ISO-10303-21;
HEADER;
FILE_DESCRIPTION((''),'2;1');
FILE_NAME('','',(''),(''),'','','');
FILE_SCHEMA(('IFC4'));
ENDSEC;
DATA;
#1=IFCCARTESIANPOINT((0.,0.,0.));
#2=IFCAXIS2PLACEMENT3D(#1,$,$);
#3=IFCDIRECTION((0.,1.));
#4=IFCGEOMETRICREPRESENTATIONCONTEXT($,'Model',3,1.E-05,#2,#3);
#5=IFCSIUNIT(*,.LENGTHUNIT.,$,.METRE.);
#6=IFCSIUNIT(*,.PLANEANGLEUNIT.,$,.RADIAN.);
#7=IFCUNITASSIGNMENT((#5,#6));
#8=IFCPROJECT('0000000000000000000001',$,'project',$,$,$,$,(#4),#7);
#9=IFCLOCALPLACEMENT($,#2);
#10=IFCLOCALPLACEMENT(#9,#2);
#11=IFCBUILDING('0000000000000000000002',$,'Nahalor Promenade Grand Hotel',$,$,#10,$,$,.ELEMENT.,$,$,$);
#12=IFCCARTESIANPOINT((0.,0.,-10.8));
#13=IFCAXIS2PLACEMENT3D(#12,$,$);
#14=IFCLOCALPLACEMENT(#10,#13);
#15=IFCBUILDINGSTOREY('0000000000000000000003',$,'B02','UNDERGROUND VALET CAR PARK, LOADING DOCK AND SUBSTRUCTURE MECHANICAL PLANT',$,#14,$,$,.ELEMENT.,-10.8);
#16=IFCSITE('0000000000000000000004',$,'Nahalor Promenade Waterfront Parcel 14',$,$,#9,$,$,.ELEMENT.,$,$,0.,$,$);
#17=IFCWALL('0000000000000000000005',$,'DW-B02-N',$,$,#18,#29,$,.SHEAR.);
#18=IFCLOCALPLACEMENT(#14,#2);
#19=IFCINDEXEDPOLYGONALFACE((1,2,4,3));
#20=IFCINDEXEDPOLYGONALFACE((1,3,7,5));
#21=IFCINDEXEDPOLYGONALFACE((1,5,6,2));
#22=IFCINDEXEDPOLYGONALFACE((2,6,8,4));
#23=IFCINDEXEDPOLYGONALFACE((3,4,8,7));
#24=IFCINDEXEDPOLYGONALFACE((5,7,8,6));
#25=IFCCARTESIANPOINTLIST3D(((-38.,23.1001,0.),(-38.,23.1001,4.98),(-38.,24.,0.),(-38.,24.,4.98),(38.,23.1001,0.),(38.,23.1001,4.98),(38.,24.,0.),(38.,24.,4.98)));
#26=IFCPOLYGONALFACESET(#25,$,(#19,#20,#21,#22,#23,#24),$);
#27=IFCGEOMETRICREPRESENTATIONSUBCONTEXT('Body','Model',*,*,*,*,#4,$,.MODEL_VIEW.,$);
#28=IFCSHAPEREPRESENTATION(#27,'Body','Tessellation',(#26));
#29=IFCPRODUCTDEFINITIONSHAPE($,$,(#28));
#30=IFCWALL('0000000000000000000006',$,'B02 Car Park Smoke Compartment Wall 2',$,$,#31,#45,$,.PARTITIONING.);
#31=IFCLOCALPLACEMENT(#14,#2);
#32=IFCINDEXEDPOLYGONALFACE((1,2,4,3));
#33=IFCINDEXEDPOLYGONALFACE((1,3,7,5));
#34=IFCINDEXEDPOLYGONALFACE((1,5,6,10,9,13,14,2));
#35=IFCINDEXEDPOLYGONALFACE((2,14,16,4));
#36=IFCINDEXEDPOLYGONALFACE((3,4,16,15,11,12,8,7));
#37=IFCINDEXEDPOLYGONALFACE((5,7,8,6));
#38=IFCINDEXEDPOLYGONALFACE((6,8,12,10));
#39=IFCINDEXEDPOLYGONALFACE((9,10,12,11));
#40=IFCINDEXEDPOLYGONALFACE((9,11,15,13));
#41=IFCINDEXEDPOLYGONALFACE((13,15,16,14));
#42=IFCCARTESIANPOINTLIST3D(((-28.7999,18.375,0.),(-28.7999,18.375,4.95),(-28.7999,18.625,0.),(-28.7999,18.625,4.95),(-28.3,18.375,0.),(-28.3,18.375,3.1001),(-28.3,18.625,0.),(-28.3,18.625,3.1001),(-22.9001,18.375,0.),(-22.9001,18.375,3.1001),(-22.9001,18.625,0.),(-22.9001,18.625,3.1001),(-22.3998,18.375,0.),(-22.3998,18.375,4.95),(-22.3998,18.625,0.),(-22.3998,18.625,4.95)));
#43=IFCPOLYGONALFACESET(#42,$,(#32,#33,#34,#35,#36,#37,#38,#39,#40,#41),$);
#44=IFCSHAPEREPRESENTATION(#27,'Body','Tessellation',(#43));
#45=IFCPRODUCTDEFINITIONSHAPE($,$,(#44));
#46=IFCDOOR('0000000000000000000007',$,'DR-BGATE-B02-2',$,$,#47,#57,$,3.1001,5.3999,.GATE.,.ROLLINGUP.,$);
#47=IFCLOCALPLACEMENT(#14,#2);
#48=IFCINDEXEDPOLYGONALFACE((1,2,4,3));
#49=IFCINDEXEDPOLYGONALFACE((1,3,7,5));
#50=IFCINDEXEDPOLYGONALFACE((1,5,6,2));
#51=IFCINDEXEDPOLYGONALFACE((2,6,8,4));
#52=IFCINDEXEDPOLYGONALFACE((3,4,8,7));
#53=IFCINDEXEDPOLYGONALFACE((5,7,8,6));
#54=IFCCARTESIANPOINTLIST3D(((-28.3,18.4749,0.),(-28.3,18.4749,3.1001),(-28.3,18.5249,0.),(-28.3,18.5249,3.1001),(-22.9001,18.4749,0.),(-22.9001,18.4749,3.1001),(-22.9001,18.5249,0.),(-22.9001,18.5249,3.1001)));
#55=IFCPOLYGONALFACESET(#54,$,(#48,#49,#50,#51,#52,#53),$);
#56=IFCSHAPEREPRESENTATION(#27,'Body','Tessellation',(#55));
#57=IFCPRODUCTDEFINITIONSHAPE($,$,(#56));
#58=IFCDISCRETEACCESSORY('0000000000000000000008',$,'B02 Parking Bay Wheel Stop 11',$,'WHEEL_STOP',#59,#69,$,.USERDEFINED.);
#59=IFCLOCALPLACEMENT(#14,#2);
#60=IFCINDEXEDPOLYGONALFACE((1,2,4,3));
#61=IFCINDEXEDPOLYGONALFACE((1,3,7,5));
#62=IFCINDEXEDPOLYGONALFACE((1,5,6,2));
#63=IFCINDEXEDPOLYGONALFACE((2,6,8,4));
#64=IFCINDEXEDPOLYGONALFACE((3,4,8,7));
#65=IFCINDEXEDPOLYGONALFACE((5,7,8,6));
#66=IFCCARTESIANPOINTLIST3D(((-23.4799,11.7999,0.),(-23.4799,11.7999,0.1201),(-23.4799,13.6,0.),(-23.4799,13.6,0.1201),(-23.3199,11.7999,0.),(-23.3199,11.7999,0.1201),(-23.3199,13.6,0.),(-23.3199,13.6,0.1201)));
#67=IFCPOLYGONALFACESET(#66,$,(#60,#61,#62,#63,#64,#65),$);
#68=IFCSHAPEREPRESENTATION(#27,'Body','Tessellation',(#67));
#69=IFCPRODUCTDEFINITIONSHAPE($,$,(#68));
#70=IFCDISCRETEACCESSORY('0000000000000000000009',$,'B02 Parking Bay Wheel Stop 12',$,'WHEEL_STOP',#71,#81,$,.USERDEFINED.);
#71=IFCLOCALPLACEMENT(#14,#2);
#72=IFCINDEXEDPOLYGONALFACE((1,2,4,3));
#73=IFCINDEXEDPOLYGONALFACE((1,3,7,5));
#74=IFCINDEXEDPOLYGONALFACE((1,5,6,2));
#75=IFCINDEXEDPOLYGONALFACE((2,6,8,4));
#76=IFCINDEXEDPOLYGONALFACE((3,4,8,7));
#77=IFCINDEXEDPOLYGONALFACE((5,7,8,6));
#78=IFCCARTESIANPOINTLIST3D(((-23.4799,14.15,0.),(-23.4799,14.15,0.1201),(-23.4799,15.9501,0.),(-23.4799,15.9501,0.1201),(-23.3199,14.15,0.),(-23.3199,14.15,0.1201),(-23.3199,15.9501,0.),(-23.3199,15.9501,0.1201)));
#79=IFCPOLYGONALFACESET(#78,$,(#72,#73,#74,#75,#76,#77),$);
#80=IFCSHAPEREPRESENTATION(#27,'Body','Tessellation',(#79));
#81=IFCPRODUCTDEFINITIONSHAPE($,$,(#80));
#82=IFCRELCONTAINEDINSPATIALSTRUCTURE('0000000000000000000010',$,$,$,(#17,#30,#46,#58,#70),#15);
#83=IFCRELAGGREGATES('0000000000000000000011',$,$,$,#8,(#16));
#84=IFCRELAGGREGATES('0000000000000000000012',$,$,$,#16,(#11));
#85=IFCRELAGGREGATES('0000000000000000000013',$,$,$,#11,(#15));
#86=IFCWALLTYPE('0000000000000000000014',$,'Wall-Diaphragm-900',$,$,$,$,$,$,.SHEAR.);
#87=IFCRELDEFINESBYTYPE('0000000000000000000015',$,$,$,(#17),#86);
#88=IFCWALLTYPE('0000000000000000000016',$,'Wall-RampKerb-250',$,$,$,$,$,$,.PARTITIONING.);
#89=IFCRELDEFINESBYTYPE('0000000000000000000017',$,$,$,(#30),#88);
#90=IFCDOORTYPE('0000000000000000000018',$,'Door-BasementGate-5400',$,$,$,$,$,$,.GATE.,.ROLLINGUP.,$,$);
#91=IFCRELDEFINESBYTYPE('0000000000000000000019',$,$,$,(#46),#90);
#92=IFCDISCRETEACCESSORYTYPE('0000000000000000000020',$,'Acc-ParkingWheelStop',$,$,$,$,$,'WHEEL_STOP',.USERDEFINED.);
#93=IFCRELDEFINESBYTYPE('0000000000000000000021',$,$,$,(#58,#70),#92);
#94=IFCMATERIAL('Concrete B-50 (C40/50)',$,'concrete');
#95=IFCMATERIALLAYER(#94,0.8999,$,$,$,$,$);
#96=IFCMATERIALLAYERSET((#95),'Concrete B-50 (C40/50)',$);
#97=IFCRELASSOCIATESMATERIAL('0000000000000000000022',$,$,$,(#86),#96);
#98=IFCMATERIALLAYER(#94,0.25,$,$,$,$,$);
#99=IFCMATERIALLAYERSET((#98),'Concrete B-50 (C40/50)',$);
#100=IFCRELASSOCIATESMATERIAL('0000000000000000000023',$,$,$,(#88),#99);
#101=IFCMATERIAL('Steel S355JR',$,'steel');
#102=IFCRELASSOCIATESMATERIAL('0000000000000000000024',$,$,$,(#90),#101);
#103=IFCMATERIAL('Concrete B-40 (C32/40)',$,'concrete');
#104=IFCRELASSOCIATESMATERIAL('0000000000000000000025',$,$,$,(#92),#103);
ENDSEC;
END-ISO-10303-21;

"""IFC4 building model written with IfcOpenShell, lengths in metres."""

from ifc_helpers import new_model, si_unit, direction, frame, frame_2d, origin, origin_2d, place, context, subcontext, project, spatial, rectangle, extrude, source, transform, mapped, material, layer, layer_set, type_object, element, fill, save


model = new_model("IFC4")

# Units and contexts
model_context = context("Model", 3, precision=1e-05, world=origin(), true_north=direction((0.0, 1.0)))
body_context = subcontext(model_context, "Body", "Model", "MODEL_VIEW")
ifc_project = project(units=[si_unit("LENGTHUNIT", "METRE"), si_unit("PLANEANGLEUNIT", "RADIAN")], contexts=[model_context])

# Site, building, storey
site_placement = place(None, origin())
site = spatial("IfcSite", under=ifc_project, at=site_placement, Name="Nahalor Promenade Waterfront Parcel 14", CompositionType="ELEMENT", RefElevation=0.0)
building_placement = place(site_placement, origin())
building = spatial("IfcBuilding", under=site, at=building_placement, Name="Nahalor Promenade Grand Hotel", CompositionType="ELEMENT")
storey_placement = place(building_placement, frame((0.0, 0.0, -10.8)))
storey = spatial("IfcBuildingStorey", under=building, at=storey_placement, Name="B02", Description="UNDERGROUND VALET CAR PARK, LOADING DOCK AND SUBSTRUCTURE MECHANICAL PLANT", CompositionType="ELEMENT", Elevation=-10.8)

# Shared definitions
ifc_material_1 = material(Name="Concrete B-50 (C40/50)", Category="concrete")

# Shared definitions
ifc_material_2 = material(Name="Steel S355JR", Category="steel")

# Wall
ifc_layer_1 = layer(ifc_material_1, 0.8999)
ifc_layer_set_1 = layer_set([ifc_layer_1], Name="Concrete B-50 (C40/50)")
wall_type_1 = type_object("IfcWallType", Name="Wall-Diaphragm-900", PredefinedType="SHEAR", material=ifc_layer_set_1)
shared_shape_1 = source(origin(), body_context, "Body", "SweptSolid", [
    extrude(rectangle(XDim=76.0, YDim=0.8999, at=frame_2d((38.0, 0.0))), origin(), (0.0, 0.0, 1.0), 4.98),
])
wall_1_placement = place(storey_placement, frame((-38.0, 23.55, 0.0), z_axis=(0.0, 0.0, 1.0), x_axis=(1.0, 0.0, 0.0)))
element("IfcWall", 1, at=wall_1_placement, inside=storey, type_object=wall_type_1, Name="DW-B02-N", PredefinedType="SHEAR", context=body_context, shape_type="MappedRepresentation", body=[
    mapped(shared_shape_1, transform((0.0, 0.0, 0.0), scale=1.0)),
])

# Wall, opening, door
ifc_layer_2 = layer(ifc_material_1, 0.25)
ifc_layer_set_2 = layer_set([ifc_layer_2], Name="Concrete B-50 (C40/50)")
wall_type_2 = type_object("IfcWallType", Name="Wall-RampKerb-250", PredefinedType="PARTITIONING", material=ifc_layer_set_2)
shared_shape_2 = source(origin(), body_context, "Body", "SweptSolid", [
    extrude(rectangle(XDim=6.4001, YDim=0.25, at=frame_2d((3.2002, 0.0))), origin(), (0.0, 0.0, 1.0), 4.95),
])
wall_2_placement = place(storey_placement, frame((-28.8, 18.5, 0.0), z_axis=(0.0, 0.0, 1.0), x_axis=(1.0, 0.0, 0.0)))
wall_2 = element("IfcWall", 2, at=wall_2_placement, inside=storey, type_object=wall_type_2, Name="B02 Car Park Smoke Compartment Wall 2", PredefinedType="PARTITIONING", context=body_context, shape_type="MappedRepresentation", body=[
    mapped(shared_shape_2, transform((0.0, 0.0, 0.0), scale=1.0)),
])
opening_placement = place(wall_2_placement, frame((0.5, 0.0, 0.0)))
opening = element("IfcOpeningElement", 3, at=opening_placement, cuts=wall_2, PredefinedType="OPENING", context=body_context, shape_type="SweptSolid", body=[
    extrude(rectangle(XDim=5.3999, YDim=3.1001, at=frame_2d((2.7, 1.55))), frame((0.0, 0.135, 0.0), z_axis=(0.0, -1.0, 0.0), x_axis=(1.0, 0.0, 0.0)), (0.0, 0.0, 1.0), 0.27),
])
door_type = type_object("IfcDoorType", Name="Door-BasementGate-5400", OperationType="ROLLINGUP", PredefinedType="GATE", material=ifc_material_2)
shared_shape_3 = source(origin(), body_context, "Body", "SweptSolid", [
    extrude(rectangle(XDim=5.3999, YDim=3.1001, at=frame_2d((2.7, 1.55))), frame((0.0, 0.0249, 0.0), z_axis=(0.0, -1.0, 0.0), x_axis=(1.0, 0.0, 0.0)), (0.0, 0.0, 1.0), 0.05),
])
door_placement = place(opening_placement, origin())
door = element("IfcDoor", 4, at=door_placement, inside=storey, type_object=door_type, Name="DR-BGATE-B02-2", OperationType="ROLLINGUP", OverallHeight=3.1001, OverallWidth=5.3999, PredefinedType="GATE", context=body_context, shape_type="MappedRepresentation", body=[
    mapped(shared_shape_3, transform((0.0, 0.0, 0.0), scale=1.0)),
])
fill(opening, door)

# Discrete accessories
ifc_material_3 = material(Name="Concrete B-40 (C32/40)", Category="concrete")
discrete_accessory_type = type_object("IfcDiscreteAccessoryType", Name="Acc-ParkingWheelStop", ElementType="WHEEL_STOP", PredefinedType="USERDEFINED", material=ifc_material_3)
shared_shape_4 = source(origin(), body_context, "Body", "SweptSolid", [
    extrude(rectangle(XDim=1.8, YDim=0.1599, at=origin_2d()), origin(), (0.0, 0.0, 1.0), 0.1201),
])
for number, where, z_axis, x_axis, name in (
    (5, (-23.3999, 12.7, 0.0), (0.0, 0.0, 1.0), (0.0, 1.0, 0.0), "B02 Parking Bay Wheel Stop 11"),
    (6, (-23.3999, 15.05, 0.0), (0.0, 0.0, 1.0), (0.0, 1.0, 0.0), "B02 Parking Bay Wheel Stop 12"),
):
    element("IfcDiscreteAccessory", number, at=place(storey_placement, frame(where, z_axis=z_axis, x_axis=x_axis)), inside=storey, type_object=discrete_accessory_type, Name=name, ObjectType="WHEEL_STOP", PredefinedType="USERDEFINED", context=body_context, shape_type="MappedRepresentation", body=[
        mapped(shared_shape_4, transform((0.0, 0.0, 0.0), scale=1.0)),
    ])

save(model, "model.ifc")
